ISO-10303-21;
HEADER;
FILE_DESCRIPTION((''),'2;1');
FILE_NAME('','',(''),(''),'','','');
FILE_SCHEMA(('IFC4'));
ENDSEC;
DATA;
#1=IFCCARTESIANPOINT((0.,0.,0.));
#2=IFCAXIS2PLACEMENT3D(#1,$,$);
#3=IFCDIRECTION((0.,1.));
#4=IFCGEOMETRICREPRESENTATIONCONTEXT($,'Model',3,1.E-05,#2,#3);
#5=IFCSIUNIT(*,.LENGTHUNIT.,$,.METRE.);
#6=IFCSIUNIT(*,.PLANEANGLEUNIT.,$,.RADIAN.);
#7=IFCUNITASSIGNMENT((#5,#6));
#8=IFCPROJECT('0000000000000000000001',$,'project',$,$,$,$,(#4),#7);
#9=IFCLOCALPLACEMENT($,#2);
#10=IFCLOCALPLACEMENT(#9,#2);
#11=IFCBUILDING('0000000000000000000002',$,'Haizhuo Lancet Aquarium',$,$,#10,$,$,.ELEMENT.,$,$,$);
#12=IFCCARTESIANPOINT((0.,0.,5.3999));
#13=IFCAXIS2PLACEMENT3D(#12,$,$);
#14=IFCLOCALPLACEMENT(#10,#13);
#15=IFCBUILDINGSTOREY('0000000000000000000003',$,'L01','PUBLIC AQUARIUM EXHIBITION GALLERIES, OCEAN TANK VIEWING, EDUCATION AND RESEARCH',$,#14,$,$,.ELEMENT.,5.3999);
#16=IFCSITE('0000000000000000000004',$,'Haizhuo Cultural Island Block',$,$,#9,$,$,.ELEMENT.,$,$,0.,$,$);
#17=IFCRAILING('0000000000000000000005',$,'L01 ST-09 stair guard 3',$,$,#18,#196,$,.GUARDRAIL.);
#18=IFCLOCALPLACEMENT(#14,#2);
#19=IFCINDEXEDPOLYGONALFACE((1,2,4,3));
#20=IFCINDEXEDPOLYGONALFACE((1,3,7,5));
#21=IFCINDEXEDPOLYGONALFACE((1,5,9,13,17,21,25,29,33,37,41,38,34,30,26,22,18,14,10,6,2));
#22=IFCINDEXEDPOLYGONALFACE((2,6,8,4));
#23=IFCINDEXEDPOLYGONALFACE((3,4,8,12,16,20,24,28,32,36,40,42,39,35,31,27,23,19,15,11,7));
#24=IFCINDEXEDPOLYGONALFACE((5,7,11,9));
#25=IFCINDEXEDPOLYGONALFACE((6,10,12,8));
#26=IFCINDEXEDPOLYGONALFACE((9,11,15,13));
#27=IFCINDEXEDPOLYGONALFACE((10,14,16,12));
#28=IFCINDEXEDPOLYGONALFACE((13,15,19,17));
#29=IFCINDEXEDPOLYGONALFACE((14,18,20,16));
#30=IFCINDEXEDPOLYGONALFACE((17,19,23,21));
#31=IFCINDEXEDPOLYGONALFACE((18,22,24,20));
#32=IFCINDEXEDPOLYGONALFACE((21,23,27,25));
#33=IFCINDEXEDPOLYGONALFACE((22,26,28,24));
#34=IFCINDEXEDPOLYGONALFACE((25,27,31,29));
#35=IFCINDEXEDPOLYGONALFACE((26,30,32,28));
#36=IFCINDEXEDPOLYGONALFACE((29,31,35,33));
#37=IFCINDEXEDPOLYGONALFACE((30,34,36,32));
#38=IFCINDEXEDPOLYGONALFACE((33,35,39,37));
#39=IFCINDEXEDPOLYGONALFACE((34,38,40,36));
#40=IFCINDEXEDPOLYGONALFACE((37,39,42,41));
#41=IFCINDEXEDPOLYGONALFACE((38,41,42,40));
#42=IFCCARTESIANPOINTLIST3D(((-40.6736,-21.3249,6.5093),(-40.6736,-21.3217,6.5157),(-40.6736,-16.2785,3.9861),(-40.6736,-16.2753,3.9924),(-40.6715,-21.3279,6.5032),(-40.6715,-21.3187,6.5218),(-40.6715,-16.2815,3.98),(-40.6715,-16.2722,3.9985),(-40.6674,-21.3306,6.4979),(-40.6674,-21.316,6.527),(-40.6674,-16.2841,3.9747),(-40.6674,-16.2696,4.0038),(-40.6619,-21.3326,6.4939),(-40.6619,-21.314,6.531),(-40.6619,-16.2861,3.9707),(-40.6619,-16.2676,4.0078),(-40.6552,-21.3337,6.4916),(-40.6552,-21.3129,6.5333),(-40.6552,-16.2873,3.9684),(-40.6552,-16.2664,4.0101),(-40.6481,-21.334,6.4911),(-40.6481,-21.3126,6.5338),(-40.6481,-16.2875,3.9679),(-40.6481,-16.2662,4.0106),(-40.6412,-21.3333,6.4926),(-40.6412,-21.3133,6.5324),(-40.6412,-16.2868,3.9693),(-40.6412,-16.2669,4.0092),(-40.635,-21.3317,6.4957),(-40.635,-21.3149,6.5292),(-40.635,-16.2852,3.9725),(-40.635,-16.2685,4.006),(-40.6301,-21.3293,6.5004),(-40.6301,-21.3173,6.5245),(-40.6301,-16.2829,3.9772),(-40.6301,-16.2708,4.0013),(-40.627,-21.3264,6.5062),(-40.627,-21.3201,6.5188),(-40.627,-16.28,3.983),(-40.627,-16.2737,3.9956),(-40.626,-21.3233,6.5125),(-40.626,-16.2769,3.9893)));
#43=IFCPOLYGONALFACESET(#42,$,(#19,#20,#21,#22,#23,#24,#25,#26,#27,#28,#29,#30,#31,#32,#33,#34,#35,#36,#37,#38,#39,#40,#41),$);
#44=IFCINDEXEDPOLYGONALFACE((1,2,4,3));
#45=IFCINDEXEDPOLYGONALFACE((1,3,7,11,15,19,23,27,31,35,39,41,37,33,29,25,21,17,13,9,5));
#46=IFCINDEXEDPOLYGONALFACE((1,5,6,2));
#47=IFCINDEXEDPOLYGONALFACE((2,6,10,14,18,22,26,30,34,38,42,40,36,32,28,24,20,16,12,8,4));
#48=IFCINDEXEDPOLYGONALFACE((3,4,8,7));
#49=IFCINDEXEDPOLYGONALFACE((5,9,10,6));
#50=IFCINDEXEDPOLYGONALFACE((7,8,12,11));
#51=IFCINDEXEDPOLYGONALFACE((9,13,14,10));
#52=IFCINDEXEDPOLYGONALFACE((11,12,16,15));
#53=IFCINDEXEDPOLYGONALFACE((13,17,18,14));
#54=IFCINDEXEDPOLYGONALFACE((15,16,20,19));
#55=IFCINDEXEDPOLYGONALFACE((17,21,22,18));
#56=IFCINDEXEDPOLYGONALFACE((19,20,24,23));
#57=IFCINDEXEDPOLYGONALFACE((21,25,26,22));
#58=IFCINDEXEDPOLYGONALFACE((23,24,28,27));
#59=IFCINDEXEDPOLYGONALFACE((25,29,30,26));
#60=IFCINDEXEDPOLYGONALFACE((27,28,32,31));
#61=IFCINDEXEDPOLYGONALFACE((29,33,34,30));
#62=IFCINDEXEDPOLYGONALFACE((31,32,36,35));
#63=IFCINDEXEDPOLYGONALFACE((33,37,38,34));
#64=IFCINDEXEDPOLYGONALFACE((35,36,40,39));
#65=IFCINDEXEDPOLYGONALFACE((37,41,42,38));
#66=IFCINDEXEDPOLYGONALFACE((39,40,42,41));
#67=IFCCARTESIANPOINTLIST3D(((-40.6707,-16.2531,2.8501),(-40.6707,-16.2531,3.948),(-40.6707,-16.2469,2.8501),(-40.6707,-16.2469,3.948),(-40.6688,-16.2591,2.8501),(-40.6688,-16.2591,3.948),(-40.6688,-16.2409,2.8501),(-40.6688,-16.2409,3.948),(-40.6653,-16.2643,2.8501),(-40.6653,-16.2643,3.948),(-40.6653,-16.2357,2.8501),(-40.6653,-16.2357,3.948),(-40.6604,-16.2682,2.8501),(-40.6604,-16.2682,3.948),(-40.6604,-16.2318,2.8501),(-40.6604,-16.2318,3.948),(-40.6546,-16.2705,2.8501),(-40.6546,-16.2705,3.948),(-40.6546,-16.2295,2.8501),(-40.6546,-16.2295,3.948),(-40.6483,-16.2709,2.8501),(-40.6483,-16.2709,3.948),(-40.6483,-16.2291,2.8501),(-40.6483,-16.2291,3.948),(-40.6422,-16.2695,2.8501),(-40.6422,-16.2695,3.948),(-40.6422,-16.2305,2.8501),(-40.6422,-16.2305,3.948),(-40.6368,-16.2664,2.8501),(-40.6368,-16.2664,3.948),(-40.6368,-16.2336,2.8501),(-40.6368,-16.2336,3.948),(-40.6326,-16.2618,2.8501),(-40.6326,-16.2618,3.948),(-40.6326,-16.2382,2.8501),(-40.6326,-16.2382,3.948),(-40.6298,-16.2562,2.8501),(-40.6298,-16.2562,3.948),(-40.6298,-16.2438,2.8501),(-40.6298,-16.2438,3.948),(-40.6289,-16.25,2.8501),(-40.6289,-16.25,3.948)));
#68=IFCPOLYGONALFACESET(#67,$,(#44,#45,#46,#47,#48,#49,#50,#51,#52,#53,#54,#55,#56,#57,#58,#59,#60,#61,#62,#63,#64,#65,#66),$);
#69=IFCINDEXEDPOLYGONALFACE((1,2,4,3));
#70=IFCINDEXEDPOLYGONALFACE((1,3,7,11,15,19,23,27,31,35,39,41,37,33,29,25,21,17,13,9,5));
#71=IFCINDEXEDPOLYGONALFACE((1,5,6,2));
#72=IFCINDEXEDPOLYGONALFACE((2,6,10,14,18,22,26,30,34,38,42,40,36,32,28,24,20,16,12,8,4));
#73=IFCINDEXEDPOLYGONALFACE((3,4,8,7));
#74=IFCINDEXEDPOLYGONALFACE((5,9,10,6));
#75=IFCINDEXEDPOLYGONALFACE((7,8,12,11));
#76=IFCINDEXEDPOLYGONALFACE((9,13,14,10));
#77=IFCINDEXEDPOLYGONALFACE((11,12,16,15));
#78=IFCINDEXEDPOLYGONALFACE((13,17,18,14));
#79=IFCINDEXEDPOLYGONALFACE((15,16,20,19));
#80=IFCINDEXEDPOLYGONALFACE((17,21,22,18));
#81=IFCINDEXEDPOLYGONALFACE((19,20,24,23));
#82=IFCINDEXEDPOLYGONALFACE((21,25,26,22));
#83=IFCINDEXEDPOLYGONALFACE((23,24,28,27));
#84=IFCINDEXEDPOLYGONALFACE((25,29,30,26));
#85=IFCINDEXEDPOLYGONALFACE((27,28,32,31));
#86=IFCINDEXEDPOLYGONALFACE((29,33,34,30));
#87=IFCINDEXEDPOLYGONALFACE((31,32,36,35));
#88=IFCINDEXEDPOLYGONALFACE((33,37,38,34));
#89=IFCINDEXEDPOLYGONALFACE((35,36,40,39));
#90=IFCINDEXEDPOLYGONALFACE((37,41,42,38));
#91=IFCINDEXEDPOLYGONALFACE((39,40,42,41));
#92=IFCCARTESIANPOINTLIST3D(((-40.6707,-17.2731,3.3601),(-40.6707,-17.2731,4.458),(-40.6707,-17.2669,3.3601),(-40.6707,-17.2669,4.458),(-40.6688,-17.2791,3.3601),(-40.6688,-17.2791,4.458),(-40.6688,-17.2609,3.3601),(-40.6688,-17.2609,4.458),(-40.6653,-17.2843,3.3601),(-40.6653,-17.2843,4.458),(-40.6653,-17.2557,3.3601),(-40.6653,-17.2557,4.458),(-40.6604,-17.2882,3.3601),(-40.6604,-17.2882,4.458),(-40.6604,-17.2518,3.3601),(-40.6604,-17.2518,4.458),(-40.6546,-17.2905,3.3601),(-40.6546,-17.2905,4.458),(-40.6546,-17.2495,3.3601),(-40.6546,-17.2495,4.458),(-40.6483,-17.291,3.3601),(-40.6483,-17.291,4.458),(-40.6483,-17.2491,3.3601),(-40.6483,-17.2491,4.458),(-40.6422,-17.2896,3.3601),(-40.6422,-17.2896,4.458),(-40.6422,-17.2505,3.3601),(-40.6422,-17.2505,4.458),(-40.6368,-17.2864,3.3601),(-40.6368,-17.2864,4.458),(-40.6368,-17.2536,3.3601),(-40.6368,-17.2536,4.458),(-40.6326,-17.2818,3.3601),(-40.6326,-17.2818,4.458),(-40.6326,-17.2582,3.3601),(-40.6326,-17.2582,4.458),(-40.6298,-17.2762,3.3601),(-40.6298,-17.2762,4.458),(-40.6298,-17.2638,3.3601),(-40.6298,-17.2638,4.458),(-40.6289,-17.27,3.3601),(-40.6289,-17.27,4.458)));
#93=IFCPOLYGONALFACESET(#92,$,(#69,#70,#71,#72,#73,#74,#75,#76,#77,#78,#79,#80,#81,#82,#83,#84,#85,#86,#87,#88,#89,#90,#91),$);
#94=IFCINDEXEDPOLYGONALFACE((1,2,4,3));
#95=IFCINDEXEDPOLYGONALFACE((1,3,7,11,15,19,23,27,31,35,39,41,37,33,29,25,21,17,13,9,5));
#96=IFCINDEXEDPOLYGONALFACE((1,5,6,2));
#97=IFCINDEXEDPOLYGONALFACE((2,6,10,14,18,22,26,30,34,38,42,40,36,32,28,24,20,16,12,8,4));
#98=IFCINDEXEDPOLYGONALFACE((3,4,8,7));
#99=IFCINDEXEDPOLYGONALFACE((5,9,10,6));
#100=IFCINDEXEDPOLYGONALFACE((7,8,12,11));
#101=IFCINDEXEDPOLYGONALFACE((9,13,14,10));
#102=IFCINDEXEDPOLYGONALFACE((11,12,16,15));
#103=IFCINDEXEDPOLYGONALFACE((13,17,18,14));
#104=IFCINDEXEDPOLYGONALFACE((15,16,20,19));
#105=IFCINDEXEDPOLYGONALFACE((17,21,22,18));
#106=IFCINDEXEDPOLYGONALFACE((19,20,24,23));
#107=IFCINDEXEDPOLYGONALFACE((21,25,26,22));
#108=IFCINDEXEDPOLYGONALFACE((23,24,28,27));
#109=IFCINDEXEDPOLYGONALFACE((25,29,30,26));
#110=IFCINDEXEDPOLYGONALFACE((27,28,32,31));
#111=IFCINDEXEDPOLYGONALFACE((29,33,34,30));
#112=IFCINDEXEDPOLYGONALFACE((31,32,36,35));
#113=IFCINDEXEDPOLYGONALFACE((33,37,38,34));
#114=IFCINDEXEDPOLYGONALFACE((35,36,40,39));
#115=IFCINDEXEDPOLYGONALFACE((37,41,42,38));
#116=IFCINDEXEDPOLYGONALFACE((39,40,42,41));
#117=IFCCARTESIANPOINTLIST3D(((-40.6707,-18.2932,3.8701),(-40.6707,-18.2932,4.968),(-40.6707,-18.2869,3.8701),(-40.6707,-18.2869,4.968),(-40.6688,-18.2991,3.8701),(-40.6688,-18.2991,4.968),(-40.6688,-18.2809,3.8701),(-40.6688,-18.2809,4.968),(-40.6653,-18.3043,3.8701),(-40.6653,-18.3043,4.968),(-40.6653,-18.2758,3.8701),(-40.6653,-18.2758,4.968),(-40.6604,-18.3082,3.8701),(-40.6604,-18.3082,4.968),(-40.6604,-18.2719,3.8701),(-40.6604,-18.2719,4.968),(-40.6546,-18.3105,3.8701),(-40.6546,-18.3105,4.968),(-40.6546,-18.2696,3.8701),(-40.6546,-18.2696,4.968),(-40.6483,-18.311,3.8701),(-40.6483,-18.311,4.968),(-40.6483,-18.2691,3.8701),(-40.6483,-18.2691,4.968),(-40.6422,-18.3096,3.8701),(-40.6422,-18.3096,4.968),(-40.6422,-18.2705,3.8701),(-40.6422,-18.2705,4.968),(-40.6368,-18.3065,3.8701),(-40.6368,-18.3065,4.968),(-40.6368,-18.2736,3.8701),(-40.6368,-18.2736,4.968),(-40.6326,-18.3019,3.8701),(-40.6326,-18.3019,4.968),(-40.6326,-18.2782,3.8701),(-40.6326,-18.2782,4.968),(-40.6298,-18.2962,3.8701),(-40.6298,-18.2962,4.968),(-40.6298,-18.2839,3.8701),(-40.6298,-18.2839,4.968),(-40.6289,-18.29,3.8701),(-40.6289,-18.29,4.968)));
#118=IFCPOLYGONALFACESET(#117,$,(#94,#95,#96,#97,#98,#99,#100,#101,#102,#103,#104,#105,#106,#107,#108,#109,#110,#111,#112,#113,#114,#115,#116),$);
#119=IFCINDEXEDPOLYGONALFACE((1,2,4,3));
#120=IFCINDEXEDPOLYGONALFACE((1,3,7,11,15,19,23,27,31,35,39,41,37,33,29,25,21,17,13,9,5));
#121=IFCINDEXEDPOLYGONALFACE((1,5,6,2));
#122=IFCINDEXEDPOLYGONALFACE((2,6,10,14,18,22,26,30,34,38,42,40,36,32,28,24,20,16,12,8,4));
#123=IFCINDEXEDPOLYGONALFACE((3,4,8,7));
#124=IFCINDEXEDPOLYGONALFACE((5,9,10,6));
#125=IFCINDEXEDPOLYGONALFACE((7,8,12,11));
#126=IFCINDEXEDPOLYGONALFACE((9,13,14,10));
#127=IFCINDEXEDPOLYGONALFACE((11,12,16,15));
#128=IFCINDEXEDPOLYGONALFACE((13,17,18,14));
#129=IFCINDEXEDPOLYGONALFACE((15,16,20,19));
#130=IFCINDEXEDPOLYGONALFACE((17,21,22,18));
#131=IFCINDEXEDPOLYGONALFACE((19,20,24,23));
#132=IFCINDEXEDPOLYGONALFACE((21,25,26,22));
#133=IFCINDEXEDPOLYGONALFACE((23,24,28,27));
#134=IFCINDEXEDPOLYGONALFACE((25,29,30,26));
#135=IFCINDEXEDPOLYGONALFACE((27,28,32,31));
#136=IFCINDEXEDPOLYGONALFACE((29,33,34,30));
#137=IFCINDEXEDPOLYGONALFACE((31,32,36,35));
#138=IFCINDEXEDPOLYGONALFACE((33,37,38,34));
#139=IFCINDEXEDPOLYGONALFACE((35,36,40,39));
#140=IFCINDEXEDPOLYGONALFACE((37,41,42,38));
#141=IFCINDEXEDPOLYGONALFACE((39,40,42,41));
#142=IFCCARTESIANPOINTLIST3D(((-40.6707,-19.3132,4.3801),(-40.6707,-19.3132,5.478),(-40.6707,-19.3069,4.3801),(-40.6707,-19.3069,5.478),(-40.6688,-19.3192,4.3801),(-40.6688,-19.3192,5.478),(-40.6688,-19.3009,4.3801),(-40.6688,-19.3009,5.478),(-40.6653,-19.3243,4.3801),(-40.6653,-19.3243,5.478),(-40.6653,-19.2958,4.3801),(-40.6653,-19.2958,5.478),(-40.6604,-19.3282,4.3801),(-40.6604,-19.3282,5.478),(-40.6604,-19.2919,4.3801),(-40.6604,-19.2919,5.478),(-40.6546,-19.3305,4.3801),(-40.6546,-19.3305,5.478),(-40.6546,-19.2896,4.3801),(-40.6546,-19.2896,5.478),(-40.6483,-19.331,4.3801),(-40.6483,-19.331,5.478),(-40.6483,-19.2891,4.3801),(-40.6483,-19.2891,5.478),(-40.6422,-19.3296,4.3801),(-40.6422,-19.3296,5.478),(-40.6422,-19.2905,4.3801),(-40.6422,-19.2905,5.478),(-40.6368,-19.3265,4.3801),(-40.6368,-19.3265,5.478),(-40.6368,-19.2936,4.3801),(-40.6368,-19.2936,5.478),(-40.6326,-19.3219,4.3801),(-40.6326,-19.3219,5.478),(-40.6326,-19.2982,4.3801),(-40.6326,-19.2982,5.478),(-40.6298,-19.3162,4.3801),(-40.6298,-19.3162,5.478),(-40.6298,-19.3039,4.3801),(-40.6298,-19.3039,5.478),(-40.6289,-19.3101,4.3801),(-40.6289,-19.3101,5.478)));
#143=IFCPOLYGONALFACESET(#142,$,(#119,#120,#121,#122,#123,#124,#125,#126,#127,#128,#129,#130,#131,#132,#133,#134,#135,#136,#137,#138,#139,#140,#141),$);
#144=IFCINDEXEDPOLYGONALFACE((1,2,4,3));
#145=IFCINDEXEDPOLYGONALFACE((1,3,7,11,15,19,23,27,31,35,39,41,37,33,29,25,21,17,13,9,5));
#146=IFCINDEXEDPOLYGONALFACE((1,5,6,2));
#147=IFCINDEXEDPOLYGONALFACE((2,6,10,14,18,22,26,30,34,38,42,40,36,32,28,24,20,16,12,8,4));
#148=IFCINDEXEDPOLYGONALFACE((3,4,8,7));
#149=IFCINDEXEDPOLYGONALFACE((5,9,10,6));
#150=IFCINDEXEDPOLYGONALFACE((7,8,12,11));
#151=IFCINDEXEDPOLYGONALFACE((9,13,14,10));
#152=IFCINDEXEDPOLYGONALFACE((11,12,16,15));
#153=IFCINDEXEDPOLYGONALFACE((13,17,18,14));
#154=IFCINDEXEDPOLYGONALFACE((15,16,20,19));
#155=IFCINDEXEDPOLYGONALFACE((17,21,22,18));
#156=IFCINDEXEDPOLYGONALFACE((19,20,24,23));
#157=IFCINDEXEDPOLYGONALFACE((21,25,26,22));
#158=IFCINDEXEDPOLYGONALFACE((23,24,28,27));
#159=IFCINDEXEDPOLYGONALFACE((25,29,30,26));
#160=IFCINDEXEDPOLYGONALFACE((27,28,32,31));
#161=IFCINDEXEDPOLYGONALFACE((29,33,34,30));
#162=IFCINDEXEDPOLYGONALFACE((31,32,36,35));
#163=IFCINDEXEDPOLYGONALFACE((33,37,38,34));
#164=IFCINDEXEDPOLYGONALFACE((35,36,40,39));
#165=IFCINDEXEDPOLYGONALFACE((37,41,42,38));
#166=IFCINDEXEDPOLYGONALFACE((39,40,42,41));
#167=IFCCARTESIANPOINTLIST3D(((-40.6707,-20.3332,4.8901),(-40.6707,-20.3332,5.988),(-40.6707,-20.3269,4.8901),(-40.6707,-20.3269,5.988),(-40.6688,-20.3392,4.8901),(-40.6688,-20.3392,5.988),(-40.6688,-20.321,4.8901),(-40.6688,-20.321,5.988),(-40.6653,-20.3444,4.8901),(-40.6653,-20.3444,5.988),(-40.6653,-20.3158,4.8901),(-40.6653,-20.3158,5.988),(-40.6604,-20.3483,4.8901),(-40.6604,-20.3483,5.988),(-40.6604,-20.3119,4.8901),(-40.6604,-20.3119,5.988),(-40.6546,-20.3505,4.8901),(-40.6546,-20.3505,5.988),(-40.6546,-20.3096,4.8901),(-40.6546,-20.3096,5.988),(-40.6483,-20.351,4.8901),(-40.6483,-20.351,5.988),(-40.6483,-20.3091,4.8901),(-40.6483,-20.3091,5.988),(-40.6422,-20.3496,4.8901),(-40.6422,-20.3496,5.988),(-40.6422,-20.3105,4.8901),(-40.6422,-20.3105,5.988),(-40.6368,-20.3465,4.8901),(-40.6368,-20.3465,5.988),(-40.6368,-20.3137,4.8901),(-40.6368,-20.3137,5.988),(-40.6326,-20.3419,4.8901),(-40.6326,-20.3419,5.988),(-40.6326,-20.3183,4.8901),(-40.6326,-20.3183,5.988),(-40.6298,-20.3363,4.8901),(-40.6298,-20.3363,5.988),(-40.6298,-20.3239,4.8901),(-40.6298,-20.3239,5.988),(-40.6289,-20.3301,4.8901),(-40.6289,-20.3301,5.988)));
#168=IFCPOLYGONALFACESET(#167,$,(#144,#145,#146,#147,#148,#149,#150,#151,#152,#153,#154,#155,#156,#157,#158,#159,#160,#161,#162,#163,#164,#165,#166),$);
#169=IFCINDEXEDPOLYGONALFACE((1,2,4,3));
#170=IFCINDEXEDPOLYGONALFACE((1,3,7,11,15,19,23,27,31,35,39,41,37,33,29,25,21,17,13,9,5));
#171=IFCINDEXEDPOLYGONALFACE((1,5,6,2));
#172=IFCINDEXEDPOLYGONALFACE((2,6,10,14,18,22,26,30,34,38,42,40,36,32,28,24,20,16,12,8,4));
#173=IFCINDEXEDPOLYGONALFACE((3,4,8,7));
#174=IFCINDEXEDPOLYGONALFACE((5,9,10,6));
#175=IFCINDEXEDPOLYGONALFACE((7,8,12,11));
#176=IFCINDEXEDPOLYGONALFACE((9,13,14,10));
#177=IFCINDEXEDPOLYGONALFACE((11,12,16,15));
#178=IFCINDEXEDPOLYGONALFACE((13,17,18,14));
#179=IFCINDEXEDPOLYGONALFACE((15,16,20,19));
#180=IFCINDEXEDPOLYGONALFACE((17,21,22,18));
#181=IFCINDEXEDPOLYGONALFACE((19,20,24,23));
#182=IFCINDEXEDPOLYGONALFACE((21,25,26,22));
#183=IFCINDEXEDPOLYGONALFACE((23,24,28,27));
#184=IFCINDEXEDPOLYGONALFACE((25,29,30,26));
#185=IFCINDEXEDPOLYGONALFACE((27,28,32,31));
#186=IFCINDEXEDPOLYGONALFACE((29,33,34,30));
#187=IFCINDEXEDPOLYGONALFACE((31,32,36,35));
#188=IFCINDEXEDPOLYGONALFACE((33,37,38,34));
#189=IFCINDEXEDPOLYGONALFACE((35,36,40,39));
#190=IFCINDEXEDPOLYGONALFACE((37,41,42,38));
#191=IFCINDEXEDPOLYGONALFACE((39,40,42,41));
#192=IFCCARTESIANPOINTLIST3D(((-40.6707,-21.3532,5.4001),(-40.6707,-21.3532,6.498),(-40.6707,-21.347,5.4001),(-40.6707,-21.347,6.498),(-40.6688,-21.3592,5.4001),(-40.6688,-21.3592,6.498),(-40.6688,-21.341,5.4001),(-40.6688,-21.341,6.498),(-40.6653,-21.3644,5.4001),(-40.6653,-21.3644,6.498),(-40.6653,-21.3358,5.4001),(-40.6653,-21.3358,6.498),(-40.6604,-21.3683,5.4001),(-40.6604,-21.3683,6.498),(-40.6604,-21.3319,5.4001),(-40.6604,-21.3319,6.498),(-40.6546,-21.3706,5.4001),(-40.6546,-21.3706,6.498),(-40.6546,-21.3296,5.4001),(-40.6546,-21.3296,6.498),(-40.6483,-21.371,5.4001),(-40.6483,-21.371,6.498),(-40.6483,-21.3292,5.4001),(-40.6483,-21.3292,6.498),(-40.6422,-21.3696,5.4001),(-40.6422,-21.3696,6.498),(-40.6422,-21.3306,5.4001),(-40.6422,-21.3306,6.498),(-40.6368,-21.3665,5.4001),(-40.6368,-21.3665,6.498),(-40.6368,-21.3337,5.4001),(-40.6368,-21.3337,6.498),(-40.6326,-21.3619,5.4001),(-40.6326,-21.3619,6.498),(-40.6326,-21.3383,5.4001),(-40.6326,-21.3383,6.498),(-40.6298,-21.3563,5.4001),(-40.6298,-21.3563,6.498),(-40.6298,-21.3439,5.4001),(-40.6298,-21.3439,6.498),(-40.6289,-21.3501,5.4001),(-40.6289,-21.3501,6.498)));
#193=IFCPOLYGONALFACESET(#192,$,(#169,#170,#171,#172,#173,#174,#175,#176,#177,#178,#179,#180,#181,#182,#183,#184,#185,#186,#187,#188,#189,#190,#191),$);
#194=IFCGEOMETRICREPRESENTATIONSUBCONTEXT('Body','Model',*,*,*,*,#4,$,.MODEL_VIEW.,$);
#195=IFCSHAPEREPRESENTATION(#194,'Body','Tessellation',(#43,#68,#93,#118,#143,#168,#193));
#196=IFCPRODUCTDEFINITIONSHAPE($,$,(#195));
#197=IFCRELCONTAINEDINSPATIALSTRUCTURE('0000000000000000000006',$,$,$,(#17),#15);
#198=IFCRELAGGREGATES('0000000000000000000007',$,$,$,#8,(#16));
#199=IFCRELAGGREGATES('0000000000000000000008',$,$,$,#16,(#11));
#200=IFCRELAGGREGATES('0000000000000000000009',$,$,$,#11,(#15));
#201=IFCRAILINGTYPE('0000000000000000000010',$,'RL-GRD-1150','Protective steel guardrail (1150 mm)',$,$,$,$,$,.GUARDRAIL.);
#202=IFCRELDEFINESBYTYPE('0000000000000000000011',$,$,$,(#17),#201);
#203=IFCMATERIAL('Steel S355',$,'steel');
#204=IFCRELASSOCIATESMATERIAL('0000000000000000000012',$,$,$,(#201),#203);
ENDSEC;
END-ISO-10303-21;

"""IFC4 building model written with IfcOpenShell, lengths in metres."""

from ifc_helpers import new_model, si_unit, direction, frame, origin, origin_2d, place, context, subcontext, project, spatial, circle, extrude, material, type_object, element, save


model = new_model("IFC4")

# Units and contexts
model_context = context("Model", 3, precision=1e-05, world=origin(), true_north=direction((0.0, 1.0)))
body_context = subcontext(model_context, "Body", "Model", "MODEL_VIEW")
ifc_project = project(units=[si_unit("LENGTHUNIT", "METRE"), si_unit("PLANEANGLEUNIT", "RADIAN")], contexts=[model_context])

# Site, building, storey
site_placement = place(None, origin())
site = spatial("IfcSite", under=ifc_project, at=site_placement, Name="Haizhuo Cultural Island Block", CompositionType="ELEMENT", RefElevation=0.0)
building_placement = place(site_placement, origin())
building = spatial("IfcBuilding", under=site, at=building_placement, Name="Haizhuo Lancet Aquarium", CompositionType="ELEMENT")
storey_placement = place(building_placement, frame((0.0, 0.0, 5.3999)))
storey = spatial("IfcBuildingStorey", under=building, at=storey_placement, Name="L01", Description="PUBLIC AQUARIUM EXHIBITION GALLERIES, OCEAN TANK VIEWING, EDUCATION AND RESEARCH", CompositionType="ELEMENT", Elevation=5.3999)

# Shared definitions
ifc_material_1 = material(Name="Steel S355", Category="steel")

# Railing
railing_type_1 = type_object("IfcRailingType", Name="RL-GRD-1150", Description="Protective steel guardrail (1150 mm)", PredefinedType="GUARDRAIL", material=ifc_material_1)
railing_1_placement = place(storey_placement, frame((-40.6499, -16.25, 2.8501)))
element("IfcRailing", 1, at=railing_1_placement, inside=storey, type_object=railing_type_1, Name="L01 ST-09 stair guard 3", PredefinedType="GUARDRAIL", context=body_context, shape_type="SweptSolid", body=[
    extrude(circle(Radius=0.0239, at=origin_2d()), frame((0.0, -0.0269, 1.1392), z_axis=(0.0, -0.894427, 0.447214), x_axis=(1.0, 0.0, 0.0)), (0.0, 0.0, 1.0), 5.6421),
    extrude(circle(Radius=0.021, at=origin_2d()), origin(), (0.0, 0.0, 1.0), 1.0979),
    extrude(circle(Radius=0.021, at=origin_2d()), frame((0.0, -1.02, 0.51)), (0.0, 0.0, 1.0), 1.0979),
    extrude(circle(Radius=0.021, at=origin_2d()), frame((0.0, -2.04, 1.02)), (0.0, 0.0, 1.0), 1.0979),
    extrude(circle(Radius=0.021, at=origin_2d()), frame((0.0, -3.0601, 1.53)), (0.0, 0.0, 1.0), 1.0979),
    extrude(circle(Radius=0.021, at=origin_2d()), frame((0.0, -4.0801, 2.04)), (0.0, 0.0, 1.0), 1.0979),
    extrude(circle(Radius=0.021, at=origin_2d()), frame((0.0, -5.1001, 2.55)), (0.0, 0.0, 1.0), 1.0979),
])

save(model, "model.ifc")
